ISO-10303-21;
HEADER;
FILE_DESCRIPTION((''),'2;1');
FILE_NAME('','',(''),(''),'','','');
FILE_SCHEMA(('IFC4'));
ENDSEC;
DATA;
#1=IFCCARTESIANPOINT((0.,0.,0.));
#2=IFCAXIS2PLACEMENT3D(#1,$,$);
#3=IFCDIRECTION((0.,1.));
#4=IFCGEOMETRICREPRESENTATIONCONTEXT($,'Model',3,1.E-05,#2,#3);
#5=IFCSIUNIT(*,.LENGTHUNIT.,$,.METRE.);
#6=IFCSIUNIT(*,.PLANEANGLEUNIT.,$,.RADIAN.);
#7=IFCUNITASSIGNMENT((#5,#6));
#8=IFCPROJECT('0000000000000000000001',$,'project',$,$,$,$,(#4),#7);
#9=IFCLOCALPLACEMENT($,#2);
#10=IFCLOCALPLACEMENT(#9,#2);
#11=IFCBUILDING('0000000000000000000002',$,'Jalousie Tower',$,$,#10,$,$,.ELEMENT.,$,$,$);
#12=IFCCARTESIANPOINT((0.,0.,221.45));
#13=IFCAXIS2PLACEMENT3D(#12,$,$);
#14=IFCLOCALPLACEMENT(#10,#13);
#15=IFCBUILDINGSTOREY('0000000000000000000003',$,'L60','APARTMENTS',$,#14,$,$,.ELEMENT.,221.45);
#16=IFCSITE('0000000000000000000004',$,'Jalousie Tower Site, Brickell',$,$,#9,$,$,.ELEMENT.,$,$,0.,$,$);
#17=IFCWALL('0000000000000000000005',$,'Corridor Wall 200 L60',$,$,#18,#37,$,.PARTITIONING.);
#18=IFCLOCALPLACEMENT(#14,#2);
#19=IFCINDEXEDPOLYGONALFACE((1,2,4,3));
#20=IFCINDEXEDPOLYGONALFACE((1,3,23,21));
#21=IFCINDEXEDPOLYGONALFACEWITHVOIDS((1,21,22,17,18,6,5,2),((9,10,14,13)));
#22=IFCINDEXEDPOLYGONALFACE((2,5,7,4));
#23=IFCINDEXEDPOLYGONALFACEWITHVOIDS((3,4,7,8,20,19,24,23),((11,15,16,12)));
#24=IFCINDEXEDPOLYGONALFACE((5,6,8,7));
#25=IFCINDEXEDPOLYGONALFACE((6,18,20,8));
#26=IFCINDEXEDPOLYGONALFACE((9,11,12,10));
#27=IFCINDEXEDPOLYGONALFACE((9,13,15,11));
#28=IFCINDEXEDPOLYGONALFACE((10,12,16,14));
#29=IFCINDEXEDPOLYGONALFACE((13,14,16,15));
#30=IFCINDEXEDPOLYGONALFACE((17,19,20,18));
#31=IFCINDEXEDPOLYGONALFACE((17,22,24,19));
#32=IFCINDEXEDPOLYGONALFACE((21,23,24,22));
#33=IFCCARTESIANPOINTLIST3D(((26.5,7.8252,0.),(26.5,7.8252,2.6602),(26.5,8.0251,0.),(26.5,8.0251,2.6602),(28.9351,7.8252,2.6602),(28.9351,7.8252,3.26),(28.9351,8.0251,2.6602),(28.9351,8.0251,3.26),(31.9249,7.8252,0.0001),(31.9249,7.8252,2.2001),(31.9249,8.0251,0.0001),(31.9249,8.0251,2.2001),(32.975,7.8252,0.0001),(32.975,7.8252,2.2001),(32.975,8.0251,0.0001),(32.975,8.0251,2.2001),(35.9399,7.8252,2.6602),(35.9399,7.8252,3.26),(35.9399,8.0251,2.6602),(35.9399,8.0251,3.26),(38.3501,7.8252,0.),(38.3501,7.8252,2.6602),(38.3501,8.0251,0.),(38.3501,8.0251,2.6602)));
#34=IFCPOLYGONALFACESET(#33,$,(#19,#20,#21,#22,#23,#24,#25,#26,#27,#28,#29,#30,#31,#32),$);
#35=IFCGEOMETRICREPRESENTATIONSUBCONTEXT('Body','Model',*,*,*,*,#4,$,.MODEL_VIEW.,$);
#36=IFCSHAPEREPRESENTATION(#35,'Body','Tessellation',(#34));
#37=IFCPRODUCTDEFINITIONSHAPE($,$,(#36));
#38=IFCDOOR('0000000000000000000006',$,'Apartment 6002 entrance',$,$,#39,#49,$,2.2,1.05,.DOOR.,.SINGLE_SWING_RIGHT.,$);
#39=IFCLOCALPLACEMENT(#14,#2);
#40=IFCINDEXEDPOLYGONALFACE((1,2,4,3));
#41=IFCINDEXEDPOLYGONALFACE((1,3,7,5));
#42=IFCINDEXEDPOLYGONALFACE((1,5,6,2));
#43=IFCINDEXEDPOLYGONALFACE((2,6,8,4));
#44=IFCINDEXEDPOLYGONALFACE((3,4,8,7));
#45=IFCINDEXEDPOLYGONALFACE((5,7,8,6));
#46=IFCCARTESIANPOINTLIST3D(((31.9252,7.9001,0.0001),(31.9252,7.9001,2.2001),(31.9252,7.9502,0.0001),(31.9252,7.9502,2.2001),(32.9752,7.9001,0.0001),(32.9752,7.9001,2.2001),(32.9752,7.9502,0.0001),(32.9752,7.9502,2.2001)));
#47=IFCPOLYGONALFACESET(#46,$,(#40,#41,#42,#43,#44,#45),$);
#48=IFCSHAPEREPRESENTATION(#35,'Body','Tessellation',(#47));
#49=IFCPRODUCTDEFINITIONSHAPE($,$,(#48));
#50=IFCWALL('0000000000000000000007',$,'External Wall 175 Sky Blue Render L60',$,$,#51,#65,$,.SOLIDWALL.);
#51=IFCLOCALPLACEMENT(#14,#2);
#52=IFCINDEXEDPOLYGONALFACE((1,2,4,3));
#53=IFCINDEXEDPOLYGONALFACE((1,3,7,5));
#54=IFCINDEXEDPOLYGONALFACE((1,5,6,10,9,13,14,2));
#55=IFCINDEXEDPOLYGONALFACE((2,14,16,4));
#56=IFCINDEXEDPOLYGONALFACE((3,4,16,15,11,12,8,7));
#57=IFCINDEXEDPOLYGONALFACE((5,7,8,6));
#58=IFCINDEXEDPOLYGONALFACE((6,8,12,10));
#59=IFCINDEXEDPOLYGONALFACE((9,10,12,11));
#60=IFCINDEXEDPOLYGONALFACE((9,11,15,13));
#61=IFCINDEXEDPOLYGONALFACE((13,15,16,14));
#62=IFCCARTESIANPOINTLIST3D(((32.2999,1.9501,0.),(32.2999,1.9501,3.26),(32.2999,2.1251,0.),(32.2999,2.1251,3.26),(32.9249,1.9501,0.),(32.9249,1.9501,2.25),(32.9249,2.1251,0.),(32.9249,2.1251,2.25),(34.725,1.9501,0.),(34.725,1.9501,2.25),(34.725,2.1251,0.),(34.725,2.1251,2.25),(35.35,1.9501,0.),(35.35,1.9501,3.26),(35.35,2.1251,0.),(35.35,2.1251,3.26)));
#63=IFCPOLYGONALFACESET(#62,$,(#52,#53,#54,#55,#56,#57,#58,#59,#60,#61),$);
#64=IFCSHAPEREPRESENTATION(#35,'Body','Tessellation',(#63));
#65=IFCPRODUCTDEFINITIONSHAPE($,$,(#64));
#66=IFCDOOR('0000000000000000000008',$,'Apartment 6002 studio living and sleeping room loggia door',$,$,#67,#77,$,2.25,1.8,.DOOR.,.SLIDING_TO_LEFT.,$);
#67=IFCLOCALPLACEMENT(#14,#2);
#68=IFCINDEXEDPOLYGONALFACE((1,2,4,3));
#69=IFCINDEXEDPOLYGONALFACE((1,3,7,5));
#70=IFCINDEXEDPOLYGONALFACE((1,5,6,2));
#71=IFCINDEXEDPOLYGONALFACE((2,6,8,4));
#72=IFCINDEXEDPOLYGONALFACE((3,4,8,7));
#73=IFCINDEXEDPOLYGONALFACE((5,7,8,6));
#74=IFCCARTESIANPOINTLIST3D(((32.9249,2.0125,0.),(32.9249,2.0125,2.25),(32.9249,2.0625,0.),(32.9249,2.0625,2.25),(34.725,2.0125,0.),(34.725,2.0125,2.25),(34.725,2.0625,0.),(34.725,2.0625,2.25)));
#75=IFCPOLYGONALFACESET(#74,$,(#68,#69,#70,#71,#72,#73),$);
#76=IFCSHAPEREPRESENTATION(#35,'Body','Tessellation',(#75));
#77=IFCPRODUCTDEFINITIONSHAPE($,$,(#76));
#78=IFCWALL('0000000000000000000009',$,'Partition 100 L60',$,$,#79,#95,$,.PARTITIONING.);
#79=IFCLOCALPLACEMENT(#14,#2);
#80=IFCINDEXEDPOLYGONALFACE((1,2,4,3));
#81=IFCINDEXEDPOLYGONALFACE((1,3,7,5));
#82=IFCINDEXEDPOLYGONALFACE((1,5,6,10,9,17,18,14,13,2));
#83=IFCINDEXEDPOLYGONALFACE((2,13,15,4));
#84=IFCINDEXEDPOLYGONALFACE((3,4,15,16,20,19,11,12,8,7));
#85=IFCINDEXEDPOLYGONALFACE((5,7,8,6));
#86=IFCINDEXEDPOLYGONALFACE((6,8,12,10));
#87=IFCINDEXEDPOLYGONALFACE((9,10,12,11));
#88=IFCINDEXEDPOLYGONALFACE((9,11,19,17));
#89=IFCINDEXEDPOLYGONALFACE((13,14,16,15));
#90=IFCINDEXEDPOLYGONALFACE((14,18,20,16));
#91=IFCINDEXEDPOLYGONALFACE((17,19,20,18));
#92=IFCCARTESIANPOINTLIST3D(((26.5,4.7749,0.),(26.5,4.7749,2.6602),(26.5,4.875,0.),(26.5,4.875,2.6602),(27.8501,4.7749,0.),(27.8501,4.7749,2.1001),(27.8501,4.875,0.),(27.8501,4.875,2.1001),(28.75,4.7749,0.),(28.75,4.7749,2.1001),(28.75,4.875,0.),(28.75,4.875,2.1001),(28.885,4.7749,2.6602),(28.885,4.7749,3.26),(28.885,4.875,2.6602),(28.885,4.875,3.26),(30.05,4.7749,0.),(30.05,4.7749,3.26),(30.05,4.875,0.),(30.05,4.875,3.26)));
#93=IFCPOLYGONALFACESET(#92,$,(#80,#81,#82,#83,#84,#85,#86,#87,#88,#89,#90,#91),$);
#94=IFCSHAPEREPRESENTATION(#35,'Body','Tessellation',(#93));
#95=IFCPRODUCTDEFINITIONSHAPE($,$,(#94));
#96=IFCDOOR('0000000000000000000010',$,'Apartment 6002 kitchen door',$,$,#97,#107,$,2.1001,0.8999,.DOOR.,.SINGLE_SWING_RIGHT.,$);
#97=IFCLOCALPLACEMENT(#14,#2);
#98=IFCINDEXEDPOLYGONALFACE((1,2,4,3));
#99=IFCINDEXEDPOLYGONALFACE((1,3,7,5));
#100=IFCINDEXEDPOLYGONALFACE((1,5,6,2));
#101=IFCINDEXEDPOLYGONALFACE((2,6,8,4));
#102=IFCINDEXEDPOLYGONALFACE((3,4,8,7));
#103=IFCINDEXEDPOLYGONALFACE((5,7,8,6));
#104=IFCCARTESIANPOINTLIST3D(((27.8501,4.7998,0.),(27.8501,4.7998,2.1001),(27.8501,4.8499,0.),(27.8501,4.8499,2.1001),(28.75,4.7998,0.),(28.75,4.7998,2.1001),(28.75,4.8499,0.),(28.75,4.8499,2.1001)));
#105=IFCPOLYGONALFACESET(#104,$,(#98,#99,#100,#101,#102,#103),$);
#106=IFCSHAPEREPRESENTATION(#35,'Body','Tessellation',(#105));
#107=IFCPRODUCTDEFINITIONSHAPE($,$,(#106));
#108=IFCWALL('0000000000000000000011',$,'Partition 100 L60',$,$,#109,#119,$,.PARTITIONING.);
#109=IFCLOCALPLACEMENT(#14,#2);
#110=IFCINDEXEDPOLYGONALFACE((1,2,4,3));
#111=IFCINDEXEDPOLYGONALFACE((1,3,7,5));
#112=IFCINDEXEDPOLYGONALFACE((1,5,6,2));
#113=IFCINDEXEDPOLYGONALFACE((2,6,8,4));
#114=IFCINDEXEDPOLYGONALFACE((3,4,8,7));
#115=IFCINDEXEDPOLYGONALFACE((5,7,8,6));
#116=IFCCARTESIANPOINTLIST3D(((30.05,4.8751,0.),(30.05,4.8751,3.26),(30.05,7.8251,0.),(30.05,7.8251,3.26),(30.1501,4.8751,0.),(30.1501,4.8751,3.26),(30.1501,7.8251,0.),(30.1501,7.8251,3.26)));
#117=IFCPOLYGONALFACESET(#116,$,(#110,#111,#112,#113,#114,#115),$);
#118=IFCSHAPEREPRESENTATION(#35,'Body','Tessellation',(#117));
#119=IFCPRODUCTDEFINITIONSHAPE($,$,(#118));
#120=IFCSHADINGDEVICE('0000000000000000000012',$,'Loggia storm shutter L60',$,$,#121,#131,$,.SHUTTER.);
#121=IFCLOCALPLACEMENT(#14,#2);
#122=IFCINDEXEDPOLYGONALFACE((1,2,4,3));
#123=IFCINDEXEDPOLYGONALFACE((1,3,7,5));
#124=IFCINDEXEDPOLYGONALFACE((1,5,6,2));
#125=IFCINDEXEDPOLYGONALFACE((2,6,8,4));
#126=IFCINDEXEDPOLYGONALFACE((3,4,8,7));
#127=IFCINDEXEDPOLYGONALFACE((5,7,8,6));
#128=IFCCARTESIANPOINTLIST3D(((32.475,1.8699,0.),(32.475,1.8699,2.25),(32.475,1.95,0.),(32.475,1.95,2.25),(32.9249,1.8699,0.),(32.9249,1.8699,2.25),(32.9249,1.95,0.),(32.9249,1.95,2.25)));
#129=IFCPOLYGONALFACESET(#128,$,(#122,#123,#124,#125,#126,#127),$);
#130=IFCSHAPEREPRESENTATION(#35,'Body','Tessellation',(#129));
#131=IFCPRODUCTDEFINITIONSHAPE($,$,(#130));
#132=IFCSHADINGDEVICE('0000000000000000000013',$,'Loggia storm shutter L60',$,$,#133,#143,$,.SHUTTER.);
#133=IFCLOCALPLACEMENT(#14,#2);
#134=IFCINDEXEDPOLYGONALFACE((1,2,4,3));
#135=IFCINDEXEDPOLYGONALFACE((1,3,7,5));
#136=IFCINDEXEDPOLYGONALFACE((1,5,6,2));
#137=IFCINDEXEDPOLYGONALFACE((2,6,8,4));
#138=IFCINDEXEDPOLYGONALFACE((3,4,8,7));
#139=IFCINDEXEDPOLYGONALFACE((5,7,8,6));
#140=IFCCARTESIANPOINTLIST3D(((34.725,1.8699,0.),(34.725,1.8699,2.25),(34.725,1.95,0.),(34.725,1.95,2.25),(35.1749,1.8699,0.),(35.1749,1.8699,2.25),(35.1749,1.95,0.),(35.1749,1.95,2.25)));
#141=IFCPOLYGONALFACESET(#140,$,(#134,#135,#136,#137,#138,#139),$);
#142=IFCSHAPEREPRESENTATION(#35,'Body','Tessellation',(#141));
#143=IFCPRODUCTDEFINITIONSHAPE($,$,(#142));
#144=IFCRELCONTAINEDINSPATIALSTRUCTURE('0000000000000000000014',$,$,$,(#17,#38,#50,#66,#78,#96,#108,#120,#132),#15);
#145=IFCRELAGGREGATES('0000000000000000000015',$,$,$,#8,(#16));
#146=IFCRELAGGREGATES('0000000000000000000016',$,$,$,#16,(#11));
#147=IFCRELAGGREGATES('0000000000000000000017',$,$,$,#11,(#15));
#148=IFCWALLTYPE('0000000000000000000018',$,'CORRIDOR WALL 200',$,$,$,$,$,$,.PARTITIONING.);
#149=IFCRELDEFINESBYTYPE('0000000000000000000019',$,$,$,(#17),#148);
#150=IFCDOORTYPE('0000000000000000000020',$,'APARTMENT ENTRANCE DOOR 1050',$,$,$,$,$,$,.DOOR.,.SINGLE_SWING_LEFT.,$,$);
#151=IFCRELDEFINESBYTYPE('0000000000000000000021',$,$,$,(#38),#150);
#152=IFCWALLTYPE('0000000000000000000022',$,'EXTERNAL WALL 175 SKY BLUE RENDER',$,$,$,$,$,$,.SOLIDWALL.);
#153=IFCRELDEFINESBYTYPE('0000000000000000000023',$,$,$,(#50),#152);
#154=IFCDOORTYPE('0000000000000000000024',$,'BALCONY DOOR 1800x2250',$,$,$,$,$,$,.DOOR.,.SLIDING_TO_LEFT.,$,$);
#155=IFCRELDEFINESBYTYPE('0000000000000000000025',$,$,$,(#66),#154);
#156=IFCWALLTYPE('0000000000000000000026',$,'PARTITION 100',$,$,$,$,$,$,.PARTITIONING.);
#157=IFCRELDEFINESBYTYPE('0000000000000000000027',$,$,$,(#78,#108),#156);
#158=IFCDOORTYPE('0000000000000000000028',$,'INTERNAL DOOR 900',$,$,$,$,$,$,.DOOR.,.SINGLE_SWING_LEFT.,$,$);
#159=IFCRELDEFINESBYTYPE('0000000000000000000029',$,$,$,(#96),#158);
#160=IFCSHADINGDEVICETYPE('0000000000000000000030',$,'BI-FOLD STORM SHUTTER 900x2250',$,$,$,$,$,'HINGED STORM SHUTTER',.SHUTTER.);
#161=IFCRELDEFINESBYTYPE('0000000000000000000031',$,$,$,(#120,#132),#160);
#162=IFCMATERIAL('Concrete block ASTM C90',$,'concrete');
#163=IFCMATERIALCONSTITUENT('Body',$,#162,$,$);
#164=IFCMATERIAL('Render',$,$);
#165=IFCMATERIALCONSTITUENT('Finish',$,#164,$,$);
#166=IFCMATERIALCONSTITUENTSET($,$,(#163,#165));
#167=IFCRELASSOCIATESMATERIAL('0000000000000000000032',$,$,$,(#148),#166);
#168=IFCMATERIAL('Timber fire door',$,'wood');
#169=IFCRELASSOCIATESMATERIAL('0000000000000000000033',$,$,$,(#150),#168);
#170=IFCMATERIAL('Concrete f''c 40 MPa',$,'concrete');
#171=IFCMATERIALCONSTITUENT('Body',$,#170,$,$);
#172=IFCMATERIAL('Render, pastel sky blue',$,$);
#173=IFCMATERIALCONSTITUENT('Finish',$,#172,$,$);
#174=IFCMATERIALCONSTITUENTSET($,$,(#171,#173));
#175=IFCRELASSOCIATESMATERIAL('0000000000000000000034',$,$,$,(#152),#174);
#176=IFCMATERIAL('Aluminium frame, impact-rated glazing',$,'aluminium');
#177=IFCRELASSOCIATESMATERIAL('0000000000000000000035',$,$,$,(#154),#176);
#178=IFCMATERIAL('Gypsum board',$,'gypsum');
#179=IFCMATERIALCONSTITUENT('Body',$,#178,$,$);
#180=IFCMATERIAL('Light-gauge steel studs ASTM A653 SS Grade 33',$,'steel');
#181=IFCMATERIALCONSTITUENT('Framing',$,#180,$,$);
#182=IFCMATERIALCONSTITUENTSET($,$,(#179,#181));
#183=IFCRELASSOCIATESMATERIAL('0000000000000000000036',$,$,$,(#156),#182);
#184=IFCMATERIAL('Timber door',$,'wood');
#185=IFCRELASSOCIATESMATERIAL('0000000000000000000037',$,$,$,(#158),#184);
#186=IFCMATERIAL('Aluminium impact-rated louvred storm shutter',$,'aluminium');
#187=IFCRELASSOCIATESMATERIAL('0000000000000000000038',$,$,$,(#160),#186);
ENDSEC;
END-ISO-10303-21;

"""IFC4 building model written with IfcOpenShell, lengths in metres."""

from ifc_helpers import new_model, si_unit, direction, frame, frame_2d, origin, origin_2d, place, context, subcontext, project, spatial, polyline, rectangle, outline, extrude, material, constituent, constituent_set, type_object, element, fill, save


model = new_model("IFC4")

# Units and contexts
model_context = context("Model", 3, precision=1e-05, world=origin(), true_north=direction((0.0, 1.0)))
body_context = subcontext(model_context, "Body", "Model", "MODEL_VIEW")
ifc_project = project(units=[si_unit("LENGTHUNIT", "METRE"), si_unit("PLANEANGLEUNIT", "RADIAN")], contexts=[model_context])

# Site, building, storey
site_placement = place(None, origin())
site = spatial("IfcSite", under=ifc_project, at=site_placement, Name="Jalousie Tower Site, Brickell", CompositionType="ELEMENT", RefElevation=0.0)
building_placement = place(site_placement, origin())
building = spatial("IfcBuilding", under=site, at=building_placement, Name="Jalousie Tower", CompositionType="ELEMENT")
storey_placement = place(building_placement, frame((0.0, 0.0, 221.45)))
storey = spatial("IfcBuildingStorey", under=building, at=storey_placement, Name="L60", Description="APARTMENTS", CompositionType="ELEMENT", Elevation=221.45)

# Walls, openings, doors
ifc_material_1 = material(Name="Concrete block ASTM C90", Category="concrete")
ifc_constituent_1 = constituent(ifc_material_1, Name="Body")
ifc_material_2 = material(Name="Render")
ifc_constituent_2 = constituent(ifc_material_2, Name="Finish")
ifc_constituent_set_1 = constituent_set(constituents=[ifc_constituent_1, ifc_constituent_2])
wall_type_1 = type_object("IfcWallType", Name="CORRIDOR WALL 200", PredefinedType="PARTITIONING", material=ifc_constituent_set_1)
wall_1_placement = place(storey_placement, frame((26.5, 7.925, 0.0), z_axis=(0.0, 0.0, 1.0), x_axis=(1.0, 0.0, 0.0)))
wall_1 = element("IfcWall", 1, at=wall_1_placement, inside=storey, type_object=wall_type_1, Name="Corridor Wall 200 L60", PredefinedType="PARTITIONING", context=body_context, shape_type="SweptSolid", body=[
    extrude(outline(polyline([(0.0, 0.0), (11.8501, 0.0), (11.8501, 3.26), (11.8501, 2.6602), (9.4399, 2.6602), (9.4399, 3.26), (2.4351, 3.26), (2.4351, 2.6602), (0.0, 2.6602), (0.0, 3.26), (0.0, 0.0)])), frame((0.0, 0.1001, 0.0), z_axis=(0.0, -1.0, 0.0), x_axis=(1.0, 0.0, 0.0)), (0.0, 0.0, 1.0), 0.2),
])
opening_1_placement = place(wall_1_placement, frame((5.425, 0.0, 0.0)))
opening_1 = element("IfcOpeningElement", 2, at=opening_1_placement, cuts=wall_1, PredefinedType="OPENING", context=body_context, shape_type="SweptSolid", body=[
    extrude(rectangle(XDim=1.05, YDim=2.2, at=frame_2d((0.5249, 1.1001))), frame((0.0, 0.1099, 0.0), z_axis=(0.0, -1.0, 0.0), x_axis=(1.0, 0.0, 0.0)), (0.0, 0.0, 1.0), 0.22),
])
ifc_material_3 = material(Name="Timber fire door", Category="wood")
door_type_1 = type_object("IfcDoorType", Name="APARTMENT ENTRANCE DOOR 1050", OperationType="SINGLE_SWING_LEFT", PredefinedType="DOOR", material=ifc_material_3)
door_1_placement = place(opening_1_placement, frame((1.05, 0.0, 0.0), z_axis=(0.0, 0.0, 1.0), x_axis=(-1.0, 0.0, 0.0)))
door_1 = element("IfcDoor", 3, at=door_1_placement, inside=storey, type_object=door_type_1, Name="Apartment 6002 entrance", OperationType="SINGLE_SWING_RIGHT", OverallHeight=2.2, OverallWidth=1.05, PredefinedType="DOOR", context=body_context, shape_type="SweptSolid", body=[
    extrude(rectangle(XDim=1.05, YDim=2.2, at=frame_2d((0.5249, 1.1001))), frame((0.0, 0.0249, 0.0), z_axis=(0.0, -1.0, 0.0), x_axis=(1.0, 0.0, 0.0)), (0.0, 0.0, 1.0), 0.05),
])
fill(opening_1, door_1)
ifc_material_4 = material(Name="Concrete f'c 40 MPa", Category="concrete")
ifc_constituent_3 = constituent(ifc_material_4, Name="Body")
ifc_material_5 = material(Name="Render, pastel sky blue")
ifc_constituent_4 = constituent(ifc_material_5, Name="Finish")
ifc_constituent_set_2 = constituent_set(constituents=[ifc_constituent_3, ifc_constituent_4])
wall_type_2 = type_object("IfcWallType", Name="EXTERNAL WALL 175 SKY BLUE RENDER", PredefinedType="SOLIDWALL", material=ifc_constituent_set_2)
wall_2_placement = place(storey_placement, frame((32.3, 2.0376, 0.0), z_axis=(0.0, 0.0, 1.0), x_axis=(1.0, 0.0, 0.0)))
wall_2 = element("IfcWall", 4, at=wall_2_placement, inside=storey, type_object=wall_type_2, Name="External Wall 175 Sky Blue Render L60", PredefinedType="SOLIDWALL", context=body_context, shape_type="SweptSolid", body=[
    extrude(rectangle(XDim=3.05, YDim=0.175, at=frame_2d((1.5249, 0.0))), origin(), (0.0, 0.0, 1.0), 3.26),
])
opening_2_placement = place(wall_2_placement, frame((0.625, 0.0, 0.0)))
opening_2 = element("IfcOpeningElement", 5, at=opening_2_placement, cuts=wall_2, PredefinedType="OPENING", context=body_context, shape_type="SweptSolid", body=[
    extrude(rectangle(XDim=1.8, YDim=2.25, at=frame_2d((0.8999, 1.125))), frame((0.0, 0.0974, 0.0), z_axis=(0.0, -1.0, 0.0), x_axis=(1.0, 0.0, 0.0)), (0.0, 0.0, 1.0), 0.1951),
])
ifc_material_6 = material(Name="Aluminium frame, impact-rated glazing", Category="aluminium")
door_type_2 = type_object("IfcDoorType", Name="BALCONY DOOR 1800x2250", OperationType="SLIDING_TO_LEFT", PredefinedType="DOOR", material=ifc_material_6)
door_2_placement = place(opening_2_placement, origin())
door_2 = element("IfcDoor", 6, at=door_2_placement, inside=storey, type_object=door_type_2, Name="Apartment 6002 studio living and sleeping room loggia door", OperationType="SLIDING_TO_LEFT", OverallHeight=2.25, OverallWidth=1.8, PredefinedType="DOOR", context=body_context, shape_type="SweptSolid", body=[
    extrude(rectangle(XDim=1.8, YDim=2.25, at=frame_2d((0.8999, 1.125))), frame((0.0, 0.0249, 0.0), z_axis=(0.0, -1.0, 0.0), x_axis=(1.0, 0.0, 0.0)), (0.0, 0.0, 1.0), 0.05),
])
fill(opening_2, door_2)
ifc_material_7 = material(Name="Gypsum board", Category="gypsum")
ifc_constituent_5 = constituent(ifc_material_7, Name="Body")
ifc_material_8 = material(Name="Light-gauge steel studs ASTM A653 SS Grade 33", Category="steel")
ifc_constituent_6 = constituent(ifc_material_8, Name="Framing")
ifc_constituent_set_3 = constituent_set(constituents=[ifc_constituent_5, ifc_constituent_6])
wall_type_3 = type_object("IfcWallType", Name="PARTITION 100", PredefinedType="PARTITIONING", material=ifc_constituent_set_3)
wall_3_placement = place(storey_placement, frame((26.5, 4.825, 0.0), z_axis=(0.0, 0.0, 1.0), x_axis=(1.0, 0.0, 0.0)))
wall_3 = element("IfcWall", 7, at=wall_3_placement, inside=storey, type_object=wall_type_3, Name="Partition 100 L60", PredefinedType="PARTITIONING", context=body_context, shape_type="SweptSolid", body=[
    extrude(outline(polyline([(0.0, 0.0), (3.55, 0.0), (3.55, 3.26), (2.385, 3.26), (2.385, 2.6602), (0.0, 2.6602), (0.0, 3.26), (0.0, 0.0)])), frame((0.0, 0.05, 0.0), z_axis=(0.0, -1.0, 0.0), x_axis=(1.0, 0.0, 0.0)), (0.0, 0.0, 1.0), 0.1001),
])
opening_3_placement = place(wall_3_placement, frame((1.3501, 0.0, 0.0)))
opening_3 = element("IfcOpeningElement", 8, at=opening_3_placement, cuts=wall_3, PredefinedType="OPENING", context=body_context, shape_type="SweptSolid", body=[
    extrude(rectangle(XDim=0.8999, YDim=2.1001, at=frame_2d((0.45, 1.05))), frame((0.0, 0.0601, 0.0), z_axis=(0.0, -1.0, 0.0), x_axis=(1.0, 0.0, 0.0)), (0.0, 0.0, 1.0), 0.1201),
])
ifc_material_9 = material(Name="Timber door", Category="wood")
door_type_3 = type_object("IfcDoorType", Name="INTERNAL DOOR 900", OperationType="SINGLE_SWING_LEFT", PredefinedType="DOOR", material=ifc_material_9)
door_3_placement = place(opening_3_placement, origin())
door_3 = element("IfcDoor", 9, at=door_3_placement, inside=storey, type_object=door_type_3, Name="Apartment 6002 kitchen door", OperationType="SINGLE_SWING_RIGHT", OverallHeight=2.1001, OverallWidth=0.8999, PredefinedType="DOOR", context=body_context, shape_type="SweptSolid", body=[
    extrude(rectangle(XDim=0.8999, YDim=2.1001, at=frame_2d((0.45, 1.05))), frame((0.0, 0.0249, 0.0), z_axis=(0.0, -1.0, 0.0), x_axis=(1.0, 0.0, 0.0)), (0.0, 0.0, 1.0), 0.05),
])
fill(opening_3, door_3)

# Wall
wall_4_placement = place(storey_placement, frame((30.1001, 4.875, 0.0), z_axis=(0.0, 0.0, 1.0), x_axis=(0.0, 1.0, 0.0)))
element("IfcWall", 10, at=wall_4_placement, inside=storey, type_object=wall_type_3, Name="Partition 100 L60", PredefinedType="PARTITIONING", context=body_context, shape_type="SweptSolid", body=[
    extrude(rectangle(XDim=2.95, YDim=0.1001, at=frame_2d((1.4751, 0.0))), origin(), (0.0, 0.0, 1.0), 3.26),
])

# Shading devices
ifc_material_10 = material(Name="Aluminium impact-rated louvred storm shutter", Category="aluminium")
shading_device_type = type_object("IfcShadingDeviceType", Name="BI-FOLD STORM SHUTTER 900x2250", ElementType="HINGED STORM SHUTTER", PredefinedType="SHUTTER", material=ifc_material_10)
for number, where, z_axis, x_axis, name in (
    (11, (32.7, 1.9099, 0.0), (0.0, 0.0, 1.0), (1.0, 0.0, 0.0), "Loggia storm shutter L60"),
    (12, (34.95, 1.9099, 0.0), (0.0, 0.0, 1.0), (1.0, 0.0, 0.0), "Loggia storm shutter L60"),
):
    element("IfcShadingDevice", number, at=place(storey_placement, frame(where, z_axis=z_axis, x_axis=x_axis)), inside=storey, type_object=shading_device_type, Name=name, PredefinedType="SHUTTER", context=body_context, shape_type="SweptSolid", body=[
        extrude(rectangle(XDim=0.45, YDim=0.0801, at=origin_2d()), origin(), (0.0, 0.0, 1.0), 2.25),
    ])

save(model, "model.ifc")
